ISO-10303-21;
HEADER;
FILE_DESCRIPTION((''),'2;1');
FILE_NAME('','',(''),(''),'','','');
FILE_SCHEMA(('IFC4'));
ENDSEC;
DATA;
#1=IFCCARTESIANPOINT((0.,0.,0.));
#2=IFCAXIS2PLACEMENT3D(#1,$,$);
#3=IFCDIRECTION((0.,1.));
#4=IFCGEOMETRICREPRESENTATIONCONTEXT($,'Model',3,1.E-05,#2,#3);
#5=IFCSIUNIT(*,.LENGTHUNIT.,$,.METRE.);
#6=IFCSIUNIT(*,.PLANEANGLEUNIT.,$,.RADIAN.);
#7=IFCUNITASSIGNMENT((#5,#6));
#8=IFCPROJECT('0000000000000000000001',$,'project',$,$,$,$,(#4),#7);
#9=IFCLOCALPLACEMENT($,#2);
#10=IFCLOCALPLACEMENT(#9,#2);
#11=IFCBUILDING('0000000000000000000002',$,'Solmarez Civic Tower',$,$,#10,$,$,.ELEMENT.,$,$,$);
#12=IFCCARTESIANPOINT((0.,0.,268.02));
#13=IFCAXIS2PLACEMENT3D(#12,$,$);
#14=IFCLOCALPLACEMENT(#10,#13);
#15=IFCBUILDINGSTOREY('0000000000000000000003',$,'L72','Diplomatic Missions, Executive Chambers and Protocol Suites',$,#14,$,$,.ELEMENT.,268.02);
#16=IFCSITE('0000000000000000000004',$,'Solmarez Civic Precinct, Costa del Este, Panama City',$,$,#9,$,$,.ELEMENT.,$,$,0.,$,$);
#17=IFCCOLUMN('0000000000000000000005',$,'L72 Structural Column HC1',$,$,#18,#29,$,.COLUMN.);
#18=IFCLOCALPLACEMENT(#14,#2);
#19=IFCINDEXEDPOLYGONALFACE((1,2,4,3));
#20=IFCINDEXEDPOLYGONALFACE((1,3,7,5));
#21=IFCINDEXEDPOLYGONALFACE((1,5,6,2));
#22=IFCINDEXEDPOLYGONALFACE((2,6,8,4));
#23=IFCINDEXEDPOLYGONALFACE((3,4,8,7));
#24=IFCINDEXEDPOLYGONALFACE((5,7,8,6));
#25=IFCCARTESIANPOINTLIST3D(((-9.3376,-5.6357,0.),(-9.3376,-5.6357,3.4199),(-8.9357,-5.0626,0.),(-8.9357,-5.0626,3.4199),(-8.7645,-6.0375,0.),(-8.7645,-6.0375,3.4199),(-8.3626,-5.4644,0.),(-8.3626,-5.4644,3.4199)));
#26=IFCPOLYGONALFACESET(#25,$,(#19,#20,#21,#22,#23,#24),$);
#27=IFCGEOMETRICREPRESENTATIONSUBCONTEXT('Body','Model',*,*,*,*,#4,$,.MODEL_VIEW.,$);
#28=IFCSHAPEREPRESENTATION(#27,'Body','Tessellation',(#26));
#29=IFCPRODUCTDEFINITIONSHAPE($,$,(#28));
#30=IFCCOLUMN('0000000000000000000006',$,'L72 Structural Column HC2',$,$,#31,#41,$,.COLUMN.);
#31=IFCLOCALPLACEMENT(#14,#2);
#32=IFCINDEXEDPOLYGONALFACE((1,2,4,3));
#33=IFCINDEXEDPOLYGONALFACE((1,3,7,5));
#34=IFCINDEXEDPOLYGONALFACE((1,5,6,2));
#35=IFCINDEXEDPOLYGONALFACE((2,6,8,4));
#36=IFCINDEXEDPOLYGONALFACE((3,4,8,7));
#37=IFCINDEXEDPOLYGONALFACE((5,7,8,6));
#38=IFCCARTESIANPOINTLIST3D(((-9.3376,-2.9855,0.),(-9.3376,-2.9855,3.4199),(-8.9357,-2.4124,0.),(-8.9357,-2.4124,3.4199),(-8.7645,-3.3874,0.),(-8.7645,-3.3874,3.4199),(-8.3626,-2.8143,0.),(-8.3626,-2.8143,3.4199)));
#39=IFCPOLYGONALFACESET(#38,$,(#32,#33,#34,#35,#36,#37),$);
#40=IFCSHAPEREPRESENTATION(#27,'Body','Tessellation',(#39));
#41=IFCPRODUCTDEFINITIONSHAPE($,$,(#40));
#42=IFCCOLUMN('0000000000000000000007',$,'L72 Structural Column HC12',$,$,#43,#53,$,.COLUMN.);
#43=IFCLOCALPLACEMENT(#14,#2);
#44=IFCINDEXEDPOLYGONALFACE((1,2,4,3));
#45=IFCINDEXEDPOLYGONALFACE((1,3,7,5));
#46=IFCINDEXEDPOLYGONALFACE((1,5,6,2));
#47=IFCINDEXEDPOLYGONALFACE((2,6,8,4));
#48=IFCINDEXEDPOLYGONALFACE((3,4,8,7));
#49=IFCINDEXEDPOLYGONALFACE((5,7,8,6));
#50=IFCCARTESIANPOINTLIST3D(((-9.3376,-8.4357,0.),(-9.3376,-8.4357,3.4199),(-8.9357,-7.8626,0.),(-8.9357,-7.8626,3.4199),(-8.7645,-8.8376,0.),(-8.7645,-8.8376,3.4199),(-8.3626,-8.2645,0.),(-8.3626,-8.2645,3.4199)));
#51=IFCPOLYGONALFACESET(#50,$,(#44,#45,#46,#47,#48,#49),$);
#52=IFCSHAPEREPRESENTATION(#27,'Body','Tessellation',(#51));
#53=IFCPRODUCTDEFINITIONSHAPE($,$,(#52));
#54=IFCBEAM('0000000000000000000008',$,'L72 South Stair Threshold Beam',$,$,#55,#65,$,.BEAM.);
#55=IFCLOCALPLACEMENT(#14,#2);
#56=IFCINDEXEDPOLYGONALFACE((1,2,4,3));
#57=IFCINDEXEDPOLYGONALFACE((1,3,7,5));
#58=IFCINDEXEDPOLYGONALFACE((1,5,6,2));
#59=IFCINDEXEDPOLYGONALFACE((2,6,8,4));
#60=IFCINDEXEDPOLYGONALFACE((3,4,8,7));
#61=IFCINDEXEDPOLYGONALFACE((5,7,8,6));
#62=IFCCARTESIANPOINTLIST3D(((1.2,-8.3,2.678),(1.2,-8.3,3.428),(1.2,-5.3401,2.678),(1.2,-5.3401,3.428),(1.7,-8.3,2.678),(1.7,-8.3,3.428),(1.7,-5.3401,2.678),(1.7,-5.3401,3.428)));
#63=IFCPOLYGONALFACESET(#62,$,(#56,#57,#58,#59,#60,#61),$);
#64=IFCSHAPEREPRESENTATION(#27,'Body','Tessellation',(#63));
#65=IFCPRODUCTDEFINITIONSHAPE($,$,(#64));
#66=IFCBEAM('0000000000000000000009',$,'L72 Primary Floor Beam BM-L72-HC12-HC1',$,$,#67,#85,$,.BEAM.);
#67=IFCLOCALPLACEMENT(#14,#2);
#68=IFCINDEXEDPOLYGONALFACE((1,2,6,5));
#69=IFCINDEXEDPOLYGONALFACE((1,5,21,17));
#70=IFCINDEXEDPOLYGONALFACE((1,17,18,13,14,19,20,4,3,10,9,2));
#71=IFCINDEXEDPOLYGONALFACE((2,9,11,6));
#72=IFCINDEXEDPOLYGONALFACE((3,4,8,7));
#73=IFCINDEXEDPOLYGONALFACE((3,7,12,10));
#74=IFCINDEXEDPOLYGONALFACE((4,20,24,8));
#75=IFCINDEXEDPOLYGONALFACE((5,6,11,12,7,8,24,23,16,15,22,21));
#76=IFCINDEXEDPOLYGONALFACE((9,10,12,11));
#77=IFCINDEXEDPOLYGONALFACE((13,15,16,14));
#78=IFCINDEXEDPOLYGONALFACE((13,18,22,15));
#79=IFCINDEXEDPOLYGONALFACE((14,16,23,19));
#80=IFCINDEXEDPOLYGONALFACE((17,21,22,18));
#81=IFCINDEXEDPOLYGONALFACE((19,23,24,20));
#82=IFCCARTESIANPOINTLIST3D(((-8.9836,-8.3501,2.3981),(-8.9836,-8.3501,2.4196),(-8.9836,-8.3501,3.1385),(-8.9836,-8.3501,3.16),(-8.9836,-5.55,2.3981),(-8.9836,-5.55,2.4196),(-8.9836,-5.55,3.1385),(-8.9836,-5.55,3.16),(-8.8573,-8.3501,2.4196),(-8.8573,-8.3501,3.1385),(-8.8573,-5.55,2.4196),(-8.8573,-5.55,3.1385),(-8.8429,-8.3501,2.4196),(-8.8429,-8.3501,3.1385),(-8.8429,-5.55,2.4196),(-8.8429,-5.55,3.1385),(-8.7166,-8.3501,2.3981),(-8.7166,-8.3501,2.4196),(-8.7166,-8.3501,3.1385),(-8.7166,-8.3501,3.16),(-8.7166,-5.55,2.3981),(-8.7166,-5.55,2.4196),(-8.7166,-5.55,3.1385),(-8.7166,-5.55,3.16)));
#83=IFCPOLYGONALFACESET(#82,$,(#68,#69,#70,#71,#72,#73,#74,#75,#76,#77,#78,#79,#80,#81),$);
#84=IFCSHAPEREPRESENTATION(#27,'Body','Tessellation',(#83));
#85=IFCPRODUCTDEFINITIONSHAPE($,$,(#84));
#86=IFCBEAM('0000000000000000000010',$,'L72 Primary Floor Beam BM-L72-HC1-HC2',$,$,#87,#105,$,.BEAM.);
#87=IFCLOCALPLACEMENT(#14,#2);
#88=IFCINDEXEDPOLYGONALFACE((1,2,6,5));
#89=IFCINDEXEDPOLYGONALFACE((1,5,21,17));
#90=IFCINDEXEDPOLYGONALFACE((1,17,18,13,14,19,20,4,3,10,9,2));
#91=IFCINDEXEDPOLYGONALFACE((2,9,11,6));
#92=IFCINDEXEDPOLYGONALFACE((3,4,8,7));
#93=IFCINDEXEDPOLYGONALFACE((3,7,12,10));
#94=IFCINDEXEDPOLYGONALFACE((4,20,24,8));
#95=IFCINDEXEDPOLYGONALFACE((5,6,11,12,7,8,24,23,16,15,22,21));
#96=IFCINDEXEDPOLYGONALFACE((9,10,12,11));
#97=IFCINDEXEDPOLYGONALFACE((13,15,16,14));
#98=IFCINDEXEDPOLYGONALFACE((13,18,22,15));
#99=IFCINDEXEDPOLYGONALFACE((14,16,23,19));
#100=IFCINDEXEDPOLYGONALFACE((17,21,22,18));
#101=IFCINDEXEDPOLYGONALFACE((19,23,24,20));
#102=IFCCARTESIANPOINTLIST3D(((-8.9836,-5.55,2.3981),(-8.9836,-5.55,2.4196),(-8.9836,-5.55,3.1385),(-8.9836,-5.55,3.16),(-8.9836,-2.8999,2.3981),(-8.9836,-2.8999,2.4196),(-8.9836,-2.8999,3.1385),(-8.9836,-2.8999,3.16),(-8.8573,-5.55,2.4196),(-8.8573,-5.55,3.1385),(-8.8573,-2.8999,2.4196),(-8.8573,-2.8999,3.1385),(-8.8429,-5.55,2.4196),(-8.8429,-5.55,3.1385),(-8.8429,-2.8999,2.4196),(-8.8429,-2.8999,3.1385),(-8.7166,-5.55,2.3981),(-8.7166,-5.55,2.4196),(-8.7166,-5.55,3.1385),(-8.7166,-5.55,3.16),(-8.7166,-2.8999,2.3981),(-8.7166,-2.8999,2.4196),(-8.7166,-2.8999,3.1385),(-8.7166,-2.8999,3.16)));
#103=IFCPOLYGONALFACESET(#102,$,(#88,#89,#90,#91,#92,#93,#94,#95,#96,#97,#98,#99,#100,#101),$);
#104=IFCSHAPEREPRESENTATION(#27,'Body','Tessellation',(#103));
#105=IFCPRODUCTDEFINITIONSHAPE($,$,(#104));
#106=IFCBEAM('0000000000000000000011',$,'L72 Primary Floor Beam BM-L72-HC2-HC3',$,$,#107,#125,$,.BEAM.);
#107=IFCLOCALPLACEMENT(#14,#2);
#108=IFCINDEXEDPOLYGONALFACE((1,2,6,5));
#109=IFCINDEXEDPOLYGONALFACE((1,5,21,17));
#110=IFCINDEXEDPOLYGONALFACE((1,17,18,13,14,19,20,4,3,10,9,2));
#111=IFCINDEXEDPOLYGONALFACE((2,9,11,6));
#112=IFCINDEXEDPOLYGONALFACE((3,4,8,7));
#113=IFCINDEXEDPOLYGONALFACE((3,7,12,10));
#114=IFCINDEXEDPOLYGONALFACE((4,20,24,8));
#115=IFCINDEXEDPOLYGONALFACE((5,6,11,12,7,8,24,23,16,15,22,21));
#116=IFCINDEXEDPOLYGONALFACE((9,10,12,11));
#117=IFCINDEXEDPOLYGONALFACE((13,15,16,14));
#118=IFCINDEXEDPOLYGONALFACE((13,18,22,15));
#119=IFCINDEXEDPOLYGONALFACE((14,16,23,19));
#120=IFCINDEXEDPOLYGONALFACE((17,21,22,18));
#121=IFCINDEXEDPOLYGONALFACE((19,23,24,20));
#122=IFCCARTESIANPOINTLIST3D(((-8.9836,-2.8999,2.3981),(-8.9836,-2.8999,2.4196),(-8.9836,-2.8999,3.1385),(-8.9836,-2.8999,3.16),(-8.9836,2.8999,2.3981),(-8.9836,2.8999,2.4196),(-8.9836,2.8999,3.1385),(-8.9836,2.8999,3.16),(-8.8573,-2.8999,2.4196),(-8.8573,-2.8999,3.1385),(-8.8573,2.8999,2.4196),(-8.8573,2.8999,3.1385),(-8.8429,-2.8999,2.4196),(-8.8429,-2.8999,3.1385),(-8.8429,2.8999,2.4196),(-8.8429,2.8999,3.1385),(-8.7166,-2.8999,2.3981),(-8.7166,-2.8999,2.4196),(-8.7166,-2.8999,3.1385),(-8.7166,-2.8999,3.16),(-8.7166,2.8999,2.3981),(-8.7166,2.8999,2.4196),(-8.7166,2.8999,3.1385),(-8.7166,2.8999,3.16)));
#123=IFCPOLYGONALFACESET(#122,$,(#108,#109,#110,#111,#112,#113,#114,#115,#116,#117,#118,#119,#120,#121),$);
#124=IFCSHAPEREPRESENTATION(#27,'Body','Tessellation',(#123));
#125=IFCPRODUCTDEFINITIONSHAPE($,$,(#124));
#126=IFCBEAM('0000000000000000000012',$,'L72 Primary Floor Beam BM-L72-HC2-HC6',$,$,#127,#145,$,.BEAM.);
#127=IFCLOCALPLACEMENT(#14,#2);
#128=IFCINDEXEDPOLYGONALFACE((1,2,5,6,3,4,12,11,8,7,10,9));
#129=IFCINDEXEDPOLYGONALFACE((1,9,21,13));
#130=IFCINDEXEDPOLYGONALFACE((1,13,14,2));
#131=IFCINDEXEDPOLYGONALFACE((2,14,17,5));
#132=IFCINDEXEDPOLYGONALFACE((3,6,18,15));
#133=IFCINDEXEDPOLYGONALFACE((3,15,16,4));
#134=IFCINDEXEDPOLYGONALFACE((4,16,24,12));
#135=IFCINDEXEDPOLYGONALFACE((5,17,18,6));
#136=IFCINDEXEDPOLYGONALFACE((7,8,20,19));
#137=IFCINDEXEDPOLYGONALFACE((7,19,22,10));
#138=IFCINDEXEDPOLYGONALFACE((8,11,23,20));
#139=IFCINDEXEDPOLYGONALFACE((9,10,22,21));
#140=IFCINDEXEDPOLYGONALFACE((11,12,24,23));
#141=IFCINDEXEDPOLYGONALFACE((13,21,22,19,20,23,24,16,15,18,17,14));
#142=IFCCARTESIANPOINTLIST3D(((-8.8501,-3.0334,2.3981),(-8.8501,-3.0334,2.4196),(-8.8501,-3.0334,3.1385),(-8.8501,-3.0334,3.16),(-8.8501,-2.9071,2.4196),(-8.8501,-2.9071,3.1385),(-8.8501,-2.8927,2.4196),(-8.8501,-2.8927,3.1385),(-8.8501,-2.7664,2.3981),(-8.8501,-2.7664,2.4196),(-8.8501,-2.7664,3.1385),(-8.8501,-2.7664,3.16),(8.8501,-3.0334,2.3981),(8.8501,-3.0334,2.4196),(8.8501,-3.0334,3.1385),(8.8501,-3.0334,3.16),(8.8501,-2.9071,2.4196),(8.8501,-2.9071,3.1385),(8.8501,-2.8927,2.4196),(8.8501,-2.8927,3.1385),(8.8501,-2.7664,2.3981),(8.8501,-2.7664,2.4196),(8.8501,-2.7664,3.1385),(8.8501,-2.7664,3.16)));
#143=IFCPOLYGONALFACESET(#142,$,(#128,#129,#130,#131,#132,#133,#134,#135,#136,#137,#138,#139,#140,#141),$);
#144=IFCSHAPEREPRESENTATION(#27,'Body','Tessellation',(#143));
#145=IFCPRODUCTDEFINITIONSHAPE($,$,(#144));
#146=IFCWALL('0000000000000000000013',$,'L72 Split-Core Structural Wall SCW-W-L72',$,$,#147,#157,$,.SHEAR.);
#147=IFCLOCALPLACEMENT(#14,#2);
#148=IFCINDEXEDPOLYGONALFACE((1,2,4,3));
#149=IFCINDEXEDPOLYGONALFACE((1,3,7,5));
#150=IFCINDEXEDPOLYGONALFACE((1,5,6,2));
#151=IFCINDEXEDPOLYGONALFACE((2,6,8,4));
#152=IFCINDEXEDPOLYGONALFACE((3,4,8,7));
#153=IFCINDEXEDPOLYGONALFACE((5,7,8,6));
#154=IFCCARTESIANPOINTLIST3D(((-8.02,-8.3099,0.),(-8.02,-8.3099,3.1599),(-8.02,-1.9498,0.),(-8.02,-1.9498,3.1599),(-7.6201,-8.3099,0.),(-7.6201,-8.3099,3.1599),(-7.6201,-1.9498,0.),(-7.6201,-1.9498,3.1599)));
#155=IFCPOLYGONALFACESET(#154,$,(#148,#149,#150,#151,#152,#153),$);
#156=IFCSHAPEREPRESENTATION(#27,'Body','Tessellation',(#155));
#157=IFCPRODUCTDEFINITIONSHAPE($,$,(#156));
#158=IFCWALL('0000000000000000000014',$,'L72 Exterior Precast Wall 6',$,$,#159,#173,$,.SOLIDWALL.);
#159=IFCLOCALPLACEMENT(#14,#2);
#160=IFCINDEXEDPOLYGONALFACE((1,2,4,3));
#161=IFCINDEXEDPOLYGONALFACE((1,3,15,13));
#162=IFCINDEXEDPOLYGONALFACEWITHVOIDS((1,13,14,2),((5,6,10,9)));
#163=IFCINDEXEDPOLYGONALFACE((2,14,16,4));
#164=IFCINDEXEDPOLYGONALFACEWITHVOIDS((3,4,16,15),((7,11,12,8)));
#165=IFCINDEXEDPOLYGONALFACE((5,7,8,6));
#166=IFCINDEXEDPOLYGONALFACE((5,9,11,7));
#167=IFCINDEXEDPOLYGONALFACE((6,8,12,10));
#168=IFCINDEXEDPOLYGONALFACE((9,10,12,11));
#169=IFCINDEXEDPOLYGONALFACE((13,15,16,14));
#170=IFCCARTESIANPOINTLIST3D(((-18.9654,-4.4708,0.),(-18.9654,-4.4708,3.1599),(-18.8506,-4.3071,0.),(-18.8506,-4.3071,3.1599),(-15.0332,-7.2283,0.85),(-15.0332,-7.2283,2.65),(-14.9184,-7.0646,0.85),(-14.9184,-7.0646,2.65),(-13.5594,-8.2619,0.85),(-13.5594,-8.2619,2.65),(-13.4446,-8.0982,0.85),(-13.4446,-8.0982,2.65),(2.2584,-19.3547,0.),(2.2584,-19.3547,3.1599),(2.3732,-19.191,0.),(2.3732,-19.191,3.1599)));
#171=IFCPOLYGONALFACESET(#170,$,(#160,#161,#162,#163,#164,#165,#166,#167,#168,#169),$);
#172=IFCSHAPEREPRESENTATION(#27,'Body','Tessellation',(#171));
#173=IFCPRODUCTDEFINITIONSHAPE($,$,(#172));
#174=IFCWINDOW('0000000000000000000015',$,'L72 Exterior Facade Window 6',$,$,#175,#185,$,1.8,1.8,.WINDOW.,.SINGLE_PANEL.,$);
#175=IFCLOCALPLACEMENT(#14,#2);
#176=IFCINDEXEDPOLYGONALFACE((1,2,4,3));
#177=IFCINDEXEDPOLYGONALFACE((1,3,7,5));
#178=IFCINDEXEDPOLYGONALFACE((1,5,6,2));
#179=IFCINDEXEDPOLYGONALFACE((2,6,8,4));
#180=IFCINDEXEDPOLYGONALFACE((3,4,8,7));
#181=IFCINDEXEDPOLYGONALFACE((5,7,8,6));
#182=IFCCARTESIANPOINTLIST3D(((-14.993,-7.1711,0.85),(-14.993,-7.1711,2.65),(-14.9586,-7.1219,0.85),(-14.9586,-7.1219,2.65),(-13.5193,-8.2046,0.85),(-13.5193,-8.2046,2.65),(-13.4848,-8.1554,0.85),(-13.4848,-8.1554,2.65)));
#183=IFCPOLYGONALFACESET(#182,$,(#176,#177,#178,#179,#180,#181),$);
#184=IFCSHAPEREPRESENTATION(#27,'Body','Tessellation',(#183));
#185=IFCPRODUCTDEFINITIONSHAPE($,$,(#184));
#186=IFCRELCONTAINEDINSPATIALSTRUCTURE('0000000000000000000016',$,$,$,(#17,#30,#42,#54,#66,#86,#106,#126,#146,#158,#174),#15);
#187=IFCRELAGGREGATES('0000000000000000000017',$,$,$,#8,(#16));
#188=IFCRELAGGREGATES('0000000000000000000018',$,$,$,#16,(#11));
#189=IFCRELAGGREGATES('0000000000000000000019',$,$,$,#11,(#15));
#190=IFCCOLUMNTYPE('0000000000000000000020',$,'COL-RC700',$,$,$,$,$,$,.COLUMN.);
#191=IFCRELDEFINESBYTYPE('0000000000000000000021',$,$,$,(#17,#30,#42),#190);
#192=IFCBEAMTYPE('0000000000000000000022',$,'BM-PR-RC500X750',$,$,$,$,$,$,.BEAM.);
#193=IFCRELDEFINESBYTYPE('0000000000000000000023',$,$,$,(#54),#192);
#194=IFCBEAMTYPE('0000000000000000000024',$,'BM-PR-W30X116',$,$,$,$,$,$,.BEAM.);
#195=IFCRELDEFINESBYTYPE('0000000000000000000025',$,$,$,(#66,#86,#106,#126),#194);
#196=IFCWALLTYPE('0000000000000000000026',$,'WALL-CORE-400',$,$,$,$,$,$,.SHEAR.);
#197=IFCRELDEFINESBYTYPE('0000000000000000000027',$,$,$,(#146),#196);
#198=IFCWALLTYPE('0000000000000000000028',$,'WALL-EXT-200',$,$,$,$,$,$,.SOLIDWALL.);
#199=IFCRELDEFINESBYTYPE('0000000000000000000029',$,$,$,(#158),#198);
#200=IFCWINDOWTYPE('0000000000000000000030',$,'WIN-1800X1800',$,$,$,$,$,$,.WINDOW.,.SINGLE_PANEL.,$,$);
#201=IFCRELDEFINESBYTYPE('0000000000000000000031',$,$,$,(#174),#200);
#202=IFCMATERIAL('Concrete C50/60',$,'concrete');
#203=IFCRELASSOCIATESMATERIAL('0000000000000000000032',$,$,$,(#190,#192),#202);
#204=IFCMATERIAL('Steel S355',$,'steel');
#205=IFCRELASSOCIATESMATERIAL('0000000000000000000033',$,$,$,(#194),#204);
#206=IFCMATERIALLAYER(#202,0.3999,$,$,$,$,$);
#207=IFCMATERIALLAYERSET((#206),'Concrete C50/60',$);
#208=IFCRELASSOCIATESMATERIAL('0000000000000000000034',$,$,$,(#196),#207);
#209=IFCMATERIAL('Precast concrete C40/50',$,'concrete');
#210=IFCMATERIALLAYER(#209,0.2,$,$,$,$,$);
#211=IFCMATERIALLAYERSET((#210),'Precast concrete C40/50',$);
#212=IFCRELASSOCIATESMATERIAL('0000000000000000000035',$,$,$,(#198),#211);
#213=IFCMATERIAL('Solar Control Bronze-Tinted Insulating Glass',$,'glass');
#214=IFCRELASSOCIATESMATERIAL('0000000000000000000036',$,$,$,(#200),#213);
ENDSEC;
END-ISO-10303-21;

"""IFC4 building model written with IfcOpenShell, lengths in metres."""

from ifc_helpers import new_model, si_unit, direction, frame, frame_2d, origin, origin_2d, place, context, subcontext, project, spatial, rectangle, i_section, extrude, material, layer, layer_set, material_profile, profile_set, type_object, element, fill, save


model = new_model("IFC4")

# Units and contexts
model_context = context("Model", 3, precision=1e-05, world=origin(), true_north=direction((0.0, 1.0)))
body_context = subcontext(model_context, "Body", "Model", "MODEL_VIEW")
ifc_project = project(units=[si_unit("LENGTHUNIT", "METRE"), si_unit("PLANEANGLEUNIT", "RADIAN")], contexts=[model_context])

# Site, building, storey
site_placement = place(None, origin())
site = spatial("IfcSite", under=ifc_project, at=site_placement, Name="Solmarez Civic Precinct, Costa del Este, Panama City", CompositionType="ELEMENT", RefElevation=0.0)
building_placement = place(site_placement, origin())
building = spatial("IfcBuilding", under=site, at=building_placement, Name="Solmarez Civic Tower", CompositionType="ELEMENT")
storey_placement = place(building_placement, frame((0.0, 0.0, 268.02)))
storey = spatial("IfcBuildingStorey", under=building, at=storey_placement, Name="L72", Description="Diplomatic Missions, Executive Chambers and Protocol Suites", CompositionType="ELEMENT", Elevation=268.02)

# Columns
ifc_material_1 = material(Name="Concrete C50/60", Category="concrete")
ifc_material_profile_1 = material_profile(ifc_material_1, rectangle(XDim=0.7, YDim=0.7, at=origin_2d()), Name="RC700X700")
ifc_profile_set_1 = profile_set([ifc_material_profile_1], Name="Concrete C50/60")
column_type = type_object("IfcColumnType", Name="COL-RC700", PredefinedType="COLUMN", material=ifc_profile_set_1)
for number, where, z_axis, x_axis, name in (
    (1, (-8.8501, -5.55, 0.0), (0.0, 0.0, 1.0), (0.574148, 0.818751, 0.0), "L72 Structural Column HC1"),
    (2, (-8.8501, -2.8999, 0.0), (0.0, 0.0, 1.0), (0.574148, 0.818751, 0.0), "L72 Structural Column HC2"),
    (3, (-8.8501, -8.3501, 0.0), (0.0, 0.0, 1.0), (0.574148, 0.818751, 0.0), "L72 Structural Column HC12"),
):
    element("IfcColumn", number, at=place(storey_placement, frame(where, z_axis=z_axis, x_axis=x_axis)), inside=storey, type_object=column_type, Name=name, PredefinedType="COLUMN", context=body_context, shape_type="SweptSolid", body=[
        extrude(rectangle(XDim=0.7, YDim=0.7, at=origin_2d()), origin(), (0.0, 0.0, 1.0), 3.4199),
    ])

# Beams
ifc_material_profile_2 = material_profile(ifc_material_1, rectangle(XDim=0.5, YDim=0.75, at=origin_2d()), Name="RC500X750")
ifc_profile_set_2 = profile_set([ifc_material_profile_2], Name="Concrete C50/60")
beam_type_1 = type_object("IfcBeamType", Name="BM-PR-RC500X750", PredefinedType="BEAM", material=ifc_profile_set_2)
beam_1_placement = place(storey_placement, frame((1.45, -8.3, 3.053), z_axis=(0.0, 1.0, 0.0), x_axis=(-1.0, 0.0, 0.0)))
element("IfcBeam", 4, at=beam_1_placement, inside=storey, type_object=beam_type_1, Name="L72 South Stair Threshold Beam", PredefinedType="BEAM", context=body_context, shape_type="SweptSolid", body=[
    extrude(rectangle(XDim=0.5, YDim=0.75, at=origin_2d()), origin(), (0.0, 0.0, 1.0), 2.96),
])
ifc_material_2 = material(Name="Steel S355", Category="steel")
ifc_material_profile_3 = material_profile(ifc_material_2, i_section(OverallWidth=0.2671, OverallDepth=0.762, WebThickness=0.0144, FlangeThickness=0.0215, at=origin_2d()), Name="W30X116")
ifc_profile_set_3 = profile_set([ifc_material_profile_3], Name="Steel S355")
beam_type_2 = type_object("IfcBeamType", Name="BM-PR-W30X116", PredefinedType="BEAM", material=ifc_profile_set_3)
beam_2_placement = place(storey_placement, frame((-8.8501, -8.3501, 2.7791), z_axis=(0.0, 1.0, 0.0), x_axis=(-1.0, 0.0, 0.0)))
element("IfcBeam", 5, at=beam_2_placement, inside=storey, type_object=beam_type_2, Name="L72 Primary Floor Beam BM-L72-HC12-HC1", PredefinedType="BEAM", context=body_context, shape_type="SweptSolid", body=[
    extrude(i_section(OverallWidth=0.2671, OverallDepth=0.762, WebThickness=0.0144, FlangeThickness=0.0215, at=origin_2d()), origin(), (0.0, 0.0, 1.0), 2.8),
])
beam_3_placement = place(storey_placement, frame((-8.8501, -5.55, 2.7791), z_axis=(0.0, 1.0, 0.0), x_axis=(-1.0, 0.0, 0.0)))
element("IfcBeam", 6, at=beam_3_placement, inside=storey, type_object=beam_type_2, Name="L72 Primary Floor Beam BM-L72-HC1-HC2", PredefinedType="BEAM", context=body_context, shape_type="SweptSolid", body=[
    extrude(i_section(OverallWidth=0.2671, OverallDepth=0.762, WebThickness=0.0144, FlangeThickness=0.0215, at=origin_2d()), origin(), (0.0, 0.0, 1.0), 2.6501),
])
beam_4_placement = place(storey_placement, frame((-8.8501, -2.8999, 2.7791), z_axis=(0.0, 1.0, 0.0), x_axis=(-1.0, 0.0, 0.0)))
element("IfcBeam", 7, at=beam_4_placement, inside=storey, type_object=beam_type_2, Name="L72 Primary Floor Beam BM-L72-HC2-HC3", PredefinedType="BEAM", context=body_context, shape_type="SweptSolid", body=[
    extrude(i_section(OverallWidth=0.2671, OverallDepth=0.762, WebThickness=0.0144, FlangeThickness=0.0215, at=origin_2d()), origin(), (0.0, 0.0, 1.0), 5.7998),
])
beam_5_placement = place(storey_placement, frame((-8.8501, -2.8999, 2.7791), z_axis=(1.0, 0.0, 0.0), x_axis=(0.0, 1.0, 0.0)))
element("IfcBeam", 8, at=beam_5_placement, inside=storey, type_object=beam_type_2, Name="L72 Primary Floor Beam BM-L72-HC2-HC6", PredefinedType="BEAM", context=body_context, shape_type="SweptSolid", body=[
    extrude(i_section(OverallWidth=0.2671, OverallDepth=0.762, WebThickness=0.0144, FlangeThickness=0.0215, at=origin_2d()), origin(), (0.0, 0.0, 1.0), 17.7002),
])

# Wall
ifc_layer_1 = layer(ifc_material_1, 0.3999)
ifc_layer_set_1 = layer_set([ifc_layer_1], Name="Concrete C50/60")
wall_type_1 = type_object("IfcWallType", Name="WALL-CORE-400", PredefinedType="SHEAR", material=ifc_layer_set_1)
wall_1_placement = place(storey_placement, frame((-7.8201, -8.3101, 0.0), z_axis=(0.0, 0.0, 1.0), x_axis=(0.0, 1.0, 0.0)))
element("IfcWall", 9, at=wall_1_placement, inside=storey, type_object=wall_type_1, Name="L72 Split-Core Structural Wall SCW-W-L72", PredefinedType="SHEAR", context=body_context, shape_type="SweptSolid", body=[
    extrude(rectangle(XDim=6.3601, YDim=0.3999, at=frame_2d((3.1802, 0.0))), origin(), (0.0, 0.0, 1.0), 3.1599),
])

# Wall, opening, window
ifc_material_3 = material(Name="Precast concrete C40/50", Category="concrete")
ifc_layer_2 = layer(ifc_material_3, 0.2)
ifc_layer_set_2 = layer_set([ifc_layer_2], Name="Precast concrete C40/50")
wall_type_2 = type_object("IfcWallType", Name="WALL-EXT-200", PredefinedType="SOLIDWALL", material=ifc_layer_set_2)
wall_2_placement = place(storey_placement, frame((2.3159, -19.2729, 0.0), z_axis=(0.0, 0.0, 1.0), x_axis=(-0.818737, 0.574169, 0.0)))
wall_2 = element("IfcWall", 10, at=wall_2_placement, inside=storey, type_object=wall_type_2, Name="L72 Exterior Precast Wall 6", PredefinedType="SOLIDWALL", context=body_context, shape_type="SweptSolid", body=[
    extrude(rectangle(XDim=25.9226, YDim=0.2, at=frame_2d((12.9614, 0.0))), origin(), (0.0, 0.0, 1.0), 3.1599),
])
opening_1_placement = place(wall_2_placement, frame((19.3201, 0.0, 0.8501)))
opening_1 = element("IfcOpeningElement", 11, at=opening_1_placement, cuts=wall_2, PredefinedType="OPENING", context=body_context, shape_type="SweptSolid", body=[
    extrude(rectangle(XDim=1.8, YDim=1.8, at=frame_2d((0.8999, 0.8999))), frame((0.0, 0.1099, 0.0), z_axis=(0.0, -1.0, 0.0), x_axis=(1.0, 0.0, 0.0)), (0.0, 0.0, 1.0), 0.22),
])
ifc_material_4 = material(Name="Solar Control Bronze-Tinted Insulating Glass", Category="glass")
window_type = type_object("IfcWindowType", Name="WIN-1800X1800", PartitioningType="SINGLE_PANEL", PredefinedType="WINDOW", material=ifc_material_4)
window_placement = place(opening_1_placement, origin())
window = element("IfcWindow", 12, at=window_placement, inside=storey, type_object=window_type, Name="L72 Exterior Facade Window 6", OverallHeight=1.8, OverallWidth=1.8, PartitioningType="SINGLE_PANEL", PredefinedType="WINDOW", context=body_context, shape_type="SweptSolid", body=[
    extrude(rectangle(XDim=1.8, YDim=1.8, at=frame_2d((0.8999, 0.8999))), frame((0.0, 0.03, 0.0), z_axis=(0.0, -1.0, 0.0), x_axis=(1.0, 0.0, 0.0)), (0.0, 0.0, 1.0), 0.0601),
])
fill(opening_1, window)

save(model, "model.ifc")
